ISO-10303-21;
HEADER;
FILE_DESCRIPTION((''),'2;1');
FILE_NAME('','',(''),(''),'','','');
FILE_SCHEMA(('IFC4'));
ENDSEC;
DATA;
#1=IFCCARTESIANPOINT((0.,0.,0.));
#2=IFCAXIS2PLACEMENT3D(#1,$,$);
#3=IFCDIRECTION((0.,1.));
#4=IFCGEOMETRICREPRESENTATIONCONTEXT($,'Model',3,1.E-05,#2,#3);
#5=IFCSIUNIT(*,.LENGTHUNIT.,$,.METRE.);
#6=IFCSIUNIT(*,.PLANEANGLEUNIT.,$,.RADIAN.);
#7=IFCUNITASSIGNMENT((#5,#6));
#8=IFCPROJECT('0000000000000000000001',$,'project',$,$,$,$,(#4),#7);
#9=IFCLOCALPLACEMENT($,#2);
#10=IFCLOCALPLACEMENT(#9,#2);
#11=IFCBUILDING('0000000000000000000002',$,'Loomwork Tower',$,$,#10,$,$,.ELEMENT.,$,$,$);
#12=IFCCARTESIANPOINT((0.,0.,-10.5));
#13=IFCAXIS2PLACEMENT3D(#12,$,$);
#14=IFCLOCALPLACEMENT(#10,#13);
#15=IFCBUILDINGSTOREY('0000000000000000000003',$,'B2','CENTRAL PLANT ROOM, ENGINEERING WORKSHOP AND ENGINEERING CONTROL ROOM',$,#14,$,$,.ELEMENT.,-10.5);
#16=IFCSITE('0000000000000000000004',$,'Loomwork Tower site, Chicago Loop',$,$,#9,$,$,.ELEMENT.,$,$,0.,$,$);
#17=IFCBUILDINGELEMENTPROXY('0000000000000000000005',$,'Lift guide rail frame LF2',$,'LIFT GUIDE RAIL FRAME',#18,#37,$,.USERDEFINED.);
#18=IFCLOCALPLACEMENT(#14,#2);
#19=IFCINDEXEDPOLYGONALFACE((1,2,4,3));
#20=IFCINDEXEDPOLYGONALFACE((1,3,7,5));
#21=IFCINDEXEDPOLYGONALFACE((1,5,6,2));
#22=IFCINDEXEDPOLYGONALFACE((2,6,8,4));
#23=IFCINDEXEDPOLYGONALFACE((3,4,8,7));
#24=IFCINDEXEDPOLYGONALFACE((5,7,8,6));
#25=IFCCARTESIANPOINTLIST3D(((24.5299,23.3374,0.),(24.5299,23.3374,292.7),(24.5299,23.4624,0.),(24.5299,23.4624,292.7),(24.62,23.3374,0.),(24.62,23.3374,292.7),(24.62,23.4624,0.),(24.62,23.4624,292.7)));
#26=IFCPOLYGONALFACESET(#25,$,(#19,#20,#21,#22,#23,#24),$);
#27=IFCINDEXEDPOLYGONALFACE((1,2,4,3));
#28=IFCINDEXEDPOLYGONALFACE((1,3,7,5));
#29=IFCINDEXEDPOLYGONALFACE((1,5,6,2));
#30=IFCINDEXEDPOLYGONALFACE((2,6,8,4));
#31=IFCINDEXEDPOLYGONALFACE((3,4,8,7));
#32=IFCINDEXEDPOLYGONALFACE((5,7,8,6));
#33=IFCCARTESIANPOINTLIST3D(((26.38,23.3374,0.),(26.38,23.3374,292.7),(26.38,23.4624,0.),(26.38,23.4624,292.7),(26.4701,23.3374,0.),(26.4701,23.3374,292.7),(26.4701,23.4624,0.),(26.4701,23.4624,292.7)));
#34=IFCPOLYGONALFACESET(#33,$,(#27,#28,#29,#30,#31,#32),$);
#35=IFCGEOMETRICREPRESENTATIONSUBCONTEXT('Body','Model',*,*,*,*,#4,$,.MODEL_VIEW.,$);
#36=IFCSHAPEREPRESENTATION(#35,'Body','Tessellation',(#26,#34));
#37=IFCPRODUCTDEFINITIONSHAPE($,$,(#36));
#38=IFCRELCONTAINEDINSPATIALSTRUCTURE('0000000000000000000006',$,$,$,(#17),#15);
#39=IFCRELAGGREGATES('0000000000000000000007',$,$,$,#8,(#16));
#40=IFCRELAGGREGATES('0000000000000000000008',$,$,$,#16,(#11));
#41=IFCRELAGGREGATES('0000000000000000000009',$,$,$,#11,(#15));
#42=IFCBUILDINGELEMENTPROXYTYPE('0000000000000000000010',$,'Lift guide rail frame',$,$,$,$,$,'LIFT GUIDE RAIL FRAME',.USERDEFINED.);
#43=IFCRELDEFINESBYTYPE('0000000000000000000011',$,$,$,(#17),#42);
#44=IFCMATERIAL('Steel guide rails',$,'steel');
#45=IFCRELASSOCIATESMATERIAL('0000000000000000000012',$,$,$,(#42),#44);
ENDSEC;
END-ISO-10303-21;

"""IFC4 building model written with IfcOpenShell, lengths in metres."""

from ifc_helpers import new_model, si_unit, direction, frame, frame_2d, origin, place, context, subcontext, project, spatial, rectangle, extrude, material, type_object, element, save


model = new_model("IFC4")

# Units and contexts
model_context = context("Model", 3, precision=1e-05, world=origin(), true_north=direction((0.0, 1.0)))
body_context = subcontext(model_context, "Body", "Model", "MODEL_VIEW")
ifc_project = project(units=[si_unit("LENGTHUNIT", "METRE"), si_unit("PLANEANGLEUNIT", "RADIAN")], contexts=[model_context])

# Site, building, storey
site_placement = place(None, origin())
site = spatial("IfcSite", under=ifc_project, at=site_placement, Name="Loomwork Tower site, Chicago Loop", CompositionType="ELEMENT", RefElevation=0.0)
building_placement = place(site_placement, origin())
building = spatial("IfcBuilding", under=site, at=building_placement, Name="Loomwork Tower", CompositionType="ELEMENT")
storey_placement = place(building_placement, frame((0.0, 0.0, -10.5)))
storey = spatial("IfcBuildingStorey", under=building, at=storey_placement, Name="B2", Description="CENTRAL PLANT ROOM, ENGINEERING WORKSHOP AND ENGINEERING CONTROL ROOM", CompositionType="ELEMENT", Elevation=-10.5)

# Building element proxy
ifc_material_1 = material(Name="Steel guide rails", Category="steel")
building_element_proxy_type = type_object("IfcBuildingElementProxyType", Name="Lift guide rail frame", ElementType="LIFT GUIDE RAIL FRAME", PredefinedType="USERDEFINED", material=ifc_material_1)
for number, where, z_axis, x_axis, name in (
    (1, (25.5, 23.3999, 0.0), (0.0, 0.0, 1.0), (1.0, 0.0, 0.0), "Lift guide rail frame LF2"),
):
    element("IfcBuildingElementProxy", number, at=place(storey_placement, frame(where, z_axis=z_axis, x_axis=x_axis)), inside=storey, type_object=building_element_proxy_type, Name=name, ObjectType="LIFT GUIDE RAIL FRAME", PredefinedType="USERDEFINED", context=body_context, shape_type="SweptSolid", body=[
        extrude(rectangle(XDim=0.0901, YDim=0.125, at=frame_2d((-0.925, 0.0))), origin(), (0.0, 0.0, 1.0), 292.7),
        extrude(rectangle(XDim=0.0901, YDim=0.125, at=frame_2d((0.925, 0.0))), origin(), (0.0, 0.0, 1.0), 292.7),
    ])

save(model, "model.ifc")
